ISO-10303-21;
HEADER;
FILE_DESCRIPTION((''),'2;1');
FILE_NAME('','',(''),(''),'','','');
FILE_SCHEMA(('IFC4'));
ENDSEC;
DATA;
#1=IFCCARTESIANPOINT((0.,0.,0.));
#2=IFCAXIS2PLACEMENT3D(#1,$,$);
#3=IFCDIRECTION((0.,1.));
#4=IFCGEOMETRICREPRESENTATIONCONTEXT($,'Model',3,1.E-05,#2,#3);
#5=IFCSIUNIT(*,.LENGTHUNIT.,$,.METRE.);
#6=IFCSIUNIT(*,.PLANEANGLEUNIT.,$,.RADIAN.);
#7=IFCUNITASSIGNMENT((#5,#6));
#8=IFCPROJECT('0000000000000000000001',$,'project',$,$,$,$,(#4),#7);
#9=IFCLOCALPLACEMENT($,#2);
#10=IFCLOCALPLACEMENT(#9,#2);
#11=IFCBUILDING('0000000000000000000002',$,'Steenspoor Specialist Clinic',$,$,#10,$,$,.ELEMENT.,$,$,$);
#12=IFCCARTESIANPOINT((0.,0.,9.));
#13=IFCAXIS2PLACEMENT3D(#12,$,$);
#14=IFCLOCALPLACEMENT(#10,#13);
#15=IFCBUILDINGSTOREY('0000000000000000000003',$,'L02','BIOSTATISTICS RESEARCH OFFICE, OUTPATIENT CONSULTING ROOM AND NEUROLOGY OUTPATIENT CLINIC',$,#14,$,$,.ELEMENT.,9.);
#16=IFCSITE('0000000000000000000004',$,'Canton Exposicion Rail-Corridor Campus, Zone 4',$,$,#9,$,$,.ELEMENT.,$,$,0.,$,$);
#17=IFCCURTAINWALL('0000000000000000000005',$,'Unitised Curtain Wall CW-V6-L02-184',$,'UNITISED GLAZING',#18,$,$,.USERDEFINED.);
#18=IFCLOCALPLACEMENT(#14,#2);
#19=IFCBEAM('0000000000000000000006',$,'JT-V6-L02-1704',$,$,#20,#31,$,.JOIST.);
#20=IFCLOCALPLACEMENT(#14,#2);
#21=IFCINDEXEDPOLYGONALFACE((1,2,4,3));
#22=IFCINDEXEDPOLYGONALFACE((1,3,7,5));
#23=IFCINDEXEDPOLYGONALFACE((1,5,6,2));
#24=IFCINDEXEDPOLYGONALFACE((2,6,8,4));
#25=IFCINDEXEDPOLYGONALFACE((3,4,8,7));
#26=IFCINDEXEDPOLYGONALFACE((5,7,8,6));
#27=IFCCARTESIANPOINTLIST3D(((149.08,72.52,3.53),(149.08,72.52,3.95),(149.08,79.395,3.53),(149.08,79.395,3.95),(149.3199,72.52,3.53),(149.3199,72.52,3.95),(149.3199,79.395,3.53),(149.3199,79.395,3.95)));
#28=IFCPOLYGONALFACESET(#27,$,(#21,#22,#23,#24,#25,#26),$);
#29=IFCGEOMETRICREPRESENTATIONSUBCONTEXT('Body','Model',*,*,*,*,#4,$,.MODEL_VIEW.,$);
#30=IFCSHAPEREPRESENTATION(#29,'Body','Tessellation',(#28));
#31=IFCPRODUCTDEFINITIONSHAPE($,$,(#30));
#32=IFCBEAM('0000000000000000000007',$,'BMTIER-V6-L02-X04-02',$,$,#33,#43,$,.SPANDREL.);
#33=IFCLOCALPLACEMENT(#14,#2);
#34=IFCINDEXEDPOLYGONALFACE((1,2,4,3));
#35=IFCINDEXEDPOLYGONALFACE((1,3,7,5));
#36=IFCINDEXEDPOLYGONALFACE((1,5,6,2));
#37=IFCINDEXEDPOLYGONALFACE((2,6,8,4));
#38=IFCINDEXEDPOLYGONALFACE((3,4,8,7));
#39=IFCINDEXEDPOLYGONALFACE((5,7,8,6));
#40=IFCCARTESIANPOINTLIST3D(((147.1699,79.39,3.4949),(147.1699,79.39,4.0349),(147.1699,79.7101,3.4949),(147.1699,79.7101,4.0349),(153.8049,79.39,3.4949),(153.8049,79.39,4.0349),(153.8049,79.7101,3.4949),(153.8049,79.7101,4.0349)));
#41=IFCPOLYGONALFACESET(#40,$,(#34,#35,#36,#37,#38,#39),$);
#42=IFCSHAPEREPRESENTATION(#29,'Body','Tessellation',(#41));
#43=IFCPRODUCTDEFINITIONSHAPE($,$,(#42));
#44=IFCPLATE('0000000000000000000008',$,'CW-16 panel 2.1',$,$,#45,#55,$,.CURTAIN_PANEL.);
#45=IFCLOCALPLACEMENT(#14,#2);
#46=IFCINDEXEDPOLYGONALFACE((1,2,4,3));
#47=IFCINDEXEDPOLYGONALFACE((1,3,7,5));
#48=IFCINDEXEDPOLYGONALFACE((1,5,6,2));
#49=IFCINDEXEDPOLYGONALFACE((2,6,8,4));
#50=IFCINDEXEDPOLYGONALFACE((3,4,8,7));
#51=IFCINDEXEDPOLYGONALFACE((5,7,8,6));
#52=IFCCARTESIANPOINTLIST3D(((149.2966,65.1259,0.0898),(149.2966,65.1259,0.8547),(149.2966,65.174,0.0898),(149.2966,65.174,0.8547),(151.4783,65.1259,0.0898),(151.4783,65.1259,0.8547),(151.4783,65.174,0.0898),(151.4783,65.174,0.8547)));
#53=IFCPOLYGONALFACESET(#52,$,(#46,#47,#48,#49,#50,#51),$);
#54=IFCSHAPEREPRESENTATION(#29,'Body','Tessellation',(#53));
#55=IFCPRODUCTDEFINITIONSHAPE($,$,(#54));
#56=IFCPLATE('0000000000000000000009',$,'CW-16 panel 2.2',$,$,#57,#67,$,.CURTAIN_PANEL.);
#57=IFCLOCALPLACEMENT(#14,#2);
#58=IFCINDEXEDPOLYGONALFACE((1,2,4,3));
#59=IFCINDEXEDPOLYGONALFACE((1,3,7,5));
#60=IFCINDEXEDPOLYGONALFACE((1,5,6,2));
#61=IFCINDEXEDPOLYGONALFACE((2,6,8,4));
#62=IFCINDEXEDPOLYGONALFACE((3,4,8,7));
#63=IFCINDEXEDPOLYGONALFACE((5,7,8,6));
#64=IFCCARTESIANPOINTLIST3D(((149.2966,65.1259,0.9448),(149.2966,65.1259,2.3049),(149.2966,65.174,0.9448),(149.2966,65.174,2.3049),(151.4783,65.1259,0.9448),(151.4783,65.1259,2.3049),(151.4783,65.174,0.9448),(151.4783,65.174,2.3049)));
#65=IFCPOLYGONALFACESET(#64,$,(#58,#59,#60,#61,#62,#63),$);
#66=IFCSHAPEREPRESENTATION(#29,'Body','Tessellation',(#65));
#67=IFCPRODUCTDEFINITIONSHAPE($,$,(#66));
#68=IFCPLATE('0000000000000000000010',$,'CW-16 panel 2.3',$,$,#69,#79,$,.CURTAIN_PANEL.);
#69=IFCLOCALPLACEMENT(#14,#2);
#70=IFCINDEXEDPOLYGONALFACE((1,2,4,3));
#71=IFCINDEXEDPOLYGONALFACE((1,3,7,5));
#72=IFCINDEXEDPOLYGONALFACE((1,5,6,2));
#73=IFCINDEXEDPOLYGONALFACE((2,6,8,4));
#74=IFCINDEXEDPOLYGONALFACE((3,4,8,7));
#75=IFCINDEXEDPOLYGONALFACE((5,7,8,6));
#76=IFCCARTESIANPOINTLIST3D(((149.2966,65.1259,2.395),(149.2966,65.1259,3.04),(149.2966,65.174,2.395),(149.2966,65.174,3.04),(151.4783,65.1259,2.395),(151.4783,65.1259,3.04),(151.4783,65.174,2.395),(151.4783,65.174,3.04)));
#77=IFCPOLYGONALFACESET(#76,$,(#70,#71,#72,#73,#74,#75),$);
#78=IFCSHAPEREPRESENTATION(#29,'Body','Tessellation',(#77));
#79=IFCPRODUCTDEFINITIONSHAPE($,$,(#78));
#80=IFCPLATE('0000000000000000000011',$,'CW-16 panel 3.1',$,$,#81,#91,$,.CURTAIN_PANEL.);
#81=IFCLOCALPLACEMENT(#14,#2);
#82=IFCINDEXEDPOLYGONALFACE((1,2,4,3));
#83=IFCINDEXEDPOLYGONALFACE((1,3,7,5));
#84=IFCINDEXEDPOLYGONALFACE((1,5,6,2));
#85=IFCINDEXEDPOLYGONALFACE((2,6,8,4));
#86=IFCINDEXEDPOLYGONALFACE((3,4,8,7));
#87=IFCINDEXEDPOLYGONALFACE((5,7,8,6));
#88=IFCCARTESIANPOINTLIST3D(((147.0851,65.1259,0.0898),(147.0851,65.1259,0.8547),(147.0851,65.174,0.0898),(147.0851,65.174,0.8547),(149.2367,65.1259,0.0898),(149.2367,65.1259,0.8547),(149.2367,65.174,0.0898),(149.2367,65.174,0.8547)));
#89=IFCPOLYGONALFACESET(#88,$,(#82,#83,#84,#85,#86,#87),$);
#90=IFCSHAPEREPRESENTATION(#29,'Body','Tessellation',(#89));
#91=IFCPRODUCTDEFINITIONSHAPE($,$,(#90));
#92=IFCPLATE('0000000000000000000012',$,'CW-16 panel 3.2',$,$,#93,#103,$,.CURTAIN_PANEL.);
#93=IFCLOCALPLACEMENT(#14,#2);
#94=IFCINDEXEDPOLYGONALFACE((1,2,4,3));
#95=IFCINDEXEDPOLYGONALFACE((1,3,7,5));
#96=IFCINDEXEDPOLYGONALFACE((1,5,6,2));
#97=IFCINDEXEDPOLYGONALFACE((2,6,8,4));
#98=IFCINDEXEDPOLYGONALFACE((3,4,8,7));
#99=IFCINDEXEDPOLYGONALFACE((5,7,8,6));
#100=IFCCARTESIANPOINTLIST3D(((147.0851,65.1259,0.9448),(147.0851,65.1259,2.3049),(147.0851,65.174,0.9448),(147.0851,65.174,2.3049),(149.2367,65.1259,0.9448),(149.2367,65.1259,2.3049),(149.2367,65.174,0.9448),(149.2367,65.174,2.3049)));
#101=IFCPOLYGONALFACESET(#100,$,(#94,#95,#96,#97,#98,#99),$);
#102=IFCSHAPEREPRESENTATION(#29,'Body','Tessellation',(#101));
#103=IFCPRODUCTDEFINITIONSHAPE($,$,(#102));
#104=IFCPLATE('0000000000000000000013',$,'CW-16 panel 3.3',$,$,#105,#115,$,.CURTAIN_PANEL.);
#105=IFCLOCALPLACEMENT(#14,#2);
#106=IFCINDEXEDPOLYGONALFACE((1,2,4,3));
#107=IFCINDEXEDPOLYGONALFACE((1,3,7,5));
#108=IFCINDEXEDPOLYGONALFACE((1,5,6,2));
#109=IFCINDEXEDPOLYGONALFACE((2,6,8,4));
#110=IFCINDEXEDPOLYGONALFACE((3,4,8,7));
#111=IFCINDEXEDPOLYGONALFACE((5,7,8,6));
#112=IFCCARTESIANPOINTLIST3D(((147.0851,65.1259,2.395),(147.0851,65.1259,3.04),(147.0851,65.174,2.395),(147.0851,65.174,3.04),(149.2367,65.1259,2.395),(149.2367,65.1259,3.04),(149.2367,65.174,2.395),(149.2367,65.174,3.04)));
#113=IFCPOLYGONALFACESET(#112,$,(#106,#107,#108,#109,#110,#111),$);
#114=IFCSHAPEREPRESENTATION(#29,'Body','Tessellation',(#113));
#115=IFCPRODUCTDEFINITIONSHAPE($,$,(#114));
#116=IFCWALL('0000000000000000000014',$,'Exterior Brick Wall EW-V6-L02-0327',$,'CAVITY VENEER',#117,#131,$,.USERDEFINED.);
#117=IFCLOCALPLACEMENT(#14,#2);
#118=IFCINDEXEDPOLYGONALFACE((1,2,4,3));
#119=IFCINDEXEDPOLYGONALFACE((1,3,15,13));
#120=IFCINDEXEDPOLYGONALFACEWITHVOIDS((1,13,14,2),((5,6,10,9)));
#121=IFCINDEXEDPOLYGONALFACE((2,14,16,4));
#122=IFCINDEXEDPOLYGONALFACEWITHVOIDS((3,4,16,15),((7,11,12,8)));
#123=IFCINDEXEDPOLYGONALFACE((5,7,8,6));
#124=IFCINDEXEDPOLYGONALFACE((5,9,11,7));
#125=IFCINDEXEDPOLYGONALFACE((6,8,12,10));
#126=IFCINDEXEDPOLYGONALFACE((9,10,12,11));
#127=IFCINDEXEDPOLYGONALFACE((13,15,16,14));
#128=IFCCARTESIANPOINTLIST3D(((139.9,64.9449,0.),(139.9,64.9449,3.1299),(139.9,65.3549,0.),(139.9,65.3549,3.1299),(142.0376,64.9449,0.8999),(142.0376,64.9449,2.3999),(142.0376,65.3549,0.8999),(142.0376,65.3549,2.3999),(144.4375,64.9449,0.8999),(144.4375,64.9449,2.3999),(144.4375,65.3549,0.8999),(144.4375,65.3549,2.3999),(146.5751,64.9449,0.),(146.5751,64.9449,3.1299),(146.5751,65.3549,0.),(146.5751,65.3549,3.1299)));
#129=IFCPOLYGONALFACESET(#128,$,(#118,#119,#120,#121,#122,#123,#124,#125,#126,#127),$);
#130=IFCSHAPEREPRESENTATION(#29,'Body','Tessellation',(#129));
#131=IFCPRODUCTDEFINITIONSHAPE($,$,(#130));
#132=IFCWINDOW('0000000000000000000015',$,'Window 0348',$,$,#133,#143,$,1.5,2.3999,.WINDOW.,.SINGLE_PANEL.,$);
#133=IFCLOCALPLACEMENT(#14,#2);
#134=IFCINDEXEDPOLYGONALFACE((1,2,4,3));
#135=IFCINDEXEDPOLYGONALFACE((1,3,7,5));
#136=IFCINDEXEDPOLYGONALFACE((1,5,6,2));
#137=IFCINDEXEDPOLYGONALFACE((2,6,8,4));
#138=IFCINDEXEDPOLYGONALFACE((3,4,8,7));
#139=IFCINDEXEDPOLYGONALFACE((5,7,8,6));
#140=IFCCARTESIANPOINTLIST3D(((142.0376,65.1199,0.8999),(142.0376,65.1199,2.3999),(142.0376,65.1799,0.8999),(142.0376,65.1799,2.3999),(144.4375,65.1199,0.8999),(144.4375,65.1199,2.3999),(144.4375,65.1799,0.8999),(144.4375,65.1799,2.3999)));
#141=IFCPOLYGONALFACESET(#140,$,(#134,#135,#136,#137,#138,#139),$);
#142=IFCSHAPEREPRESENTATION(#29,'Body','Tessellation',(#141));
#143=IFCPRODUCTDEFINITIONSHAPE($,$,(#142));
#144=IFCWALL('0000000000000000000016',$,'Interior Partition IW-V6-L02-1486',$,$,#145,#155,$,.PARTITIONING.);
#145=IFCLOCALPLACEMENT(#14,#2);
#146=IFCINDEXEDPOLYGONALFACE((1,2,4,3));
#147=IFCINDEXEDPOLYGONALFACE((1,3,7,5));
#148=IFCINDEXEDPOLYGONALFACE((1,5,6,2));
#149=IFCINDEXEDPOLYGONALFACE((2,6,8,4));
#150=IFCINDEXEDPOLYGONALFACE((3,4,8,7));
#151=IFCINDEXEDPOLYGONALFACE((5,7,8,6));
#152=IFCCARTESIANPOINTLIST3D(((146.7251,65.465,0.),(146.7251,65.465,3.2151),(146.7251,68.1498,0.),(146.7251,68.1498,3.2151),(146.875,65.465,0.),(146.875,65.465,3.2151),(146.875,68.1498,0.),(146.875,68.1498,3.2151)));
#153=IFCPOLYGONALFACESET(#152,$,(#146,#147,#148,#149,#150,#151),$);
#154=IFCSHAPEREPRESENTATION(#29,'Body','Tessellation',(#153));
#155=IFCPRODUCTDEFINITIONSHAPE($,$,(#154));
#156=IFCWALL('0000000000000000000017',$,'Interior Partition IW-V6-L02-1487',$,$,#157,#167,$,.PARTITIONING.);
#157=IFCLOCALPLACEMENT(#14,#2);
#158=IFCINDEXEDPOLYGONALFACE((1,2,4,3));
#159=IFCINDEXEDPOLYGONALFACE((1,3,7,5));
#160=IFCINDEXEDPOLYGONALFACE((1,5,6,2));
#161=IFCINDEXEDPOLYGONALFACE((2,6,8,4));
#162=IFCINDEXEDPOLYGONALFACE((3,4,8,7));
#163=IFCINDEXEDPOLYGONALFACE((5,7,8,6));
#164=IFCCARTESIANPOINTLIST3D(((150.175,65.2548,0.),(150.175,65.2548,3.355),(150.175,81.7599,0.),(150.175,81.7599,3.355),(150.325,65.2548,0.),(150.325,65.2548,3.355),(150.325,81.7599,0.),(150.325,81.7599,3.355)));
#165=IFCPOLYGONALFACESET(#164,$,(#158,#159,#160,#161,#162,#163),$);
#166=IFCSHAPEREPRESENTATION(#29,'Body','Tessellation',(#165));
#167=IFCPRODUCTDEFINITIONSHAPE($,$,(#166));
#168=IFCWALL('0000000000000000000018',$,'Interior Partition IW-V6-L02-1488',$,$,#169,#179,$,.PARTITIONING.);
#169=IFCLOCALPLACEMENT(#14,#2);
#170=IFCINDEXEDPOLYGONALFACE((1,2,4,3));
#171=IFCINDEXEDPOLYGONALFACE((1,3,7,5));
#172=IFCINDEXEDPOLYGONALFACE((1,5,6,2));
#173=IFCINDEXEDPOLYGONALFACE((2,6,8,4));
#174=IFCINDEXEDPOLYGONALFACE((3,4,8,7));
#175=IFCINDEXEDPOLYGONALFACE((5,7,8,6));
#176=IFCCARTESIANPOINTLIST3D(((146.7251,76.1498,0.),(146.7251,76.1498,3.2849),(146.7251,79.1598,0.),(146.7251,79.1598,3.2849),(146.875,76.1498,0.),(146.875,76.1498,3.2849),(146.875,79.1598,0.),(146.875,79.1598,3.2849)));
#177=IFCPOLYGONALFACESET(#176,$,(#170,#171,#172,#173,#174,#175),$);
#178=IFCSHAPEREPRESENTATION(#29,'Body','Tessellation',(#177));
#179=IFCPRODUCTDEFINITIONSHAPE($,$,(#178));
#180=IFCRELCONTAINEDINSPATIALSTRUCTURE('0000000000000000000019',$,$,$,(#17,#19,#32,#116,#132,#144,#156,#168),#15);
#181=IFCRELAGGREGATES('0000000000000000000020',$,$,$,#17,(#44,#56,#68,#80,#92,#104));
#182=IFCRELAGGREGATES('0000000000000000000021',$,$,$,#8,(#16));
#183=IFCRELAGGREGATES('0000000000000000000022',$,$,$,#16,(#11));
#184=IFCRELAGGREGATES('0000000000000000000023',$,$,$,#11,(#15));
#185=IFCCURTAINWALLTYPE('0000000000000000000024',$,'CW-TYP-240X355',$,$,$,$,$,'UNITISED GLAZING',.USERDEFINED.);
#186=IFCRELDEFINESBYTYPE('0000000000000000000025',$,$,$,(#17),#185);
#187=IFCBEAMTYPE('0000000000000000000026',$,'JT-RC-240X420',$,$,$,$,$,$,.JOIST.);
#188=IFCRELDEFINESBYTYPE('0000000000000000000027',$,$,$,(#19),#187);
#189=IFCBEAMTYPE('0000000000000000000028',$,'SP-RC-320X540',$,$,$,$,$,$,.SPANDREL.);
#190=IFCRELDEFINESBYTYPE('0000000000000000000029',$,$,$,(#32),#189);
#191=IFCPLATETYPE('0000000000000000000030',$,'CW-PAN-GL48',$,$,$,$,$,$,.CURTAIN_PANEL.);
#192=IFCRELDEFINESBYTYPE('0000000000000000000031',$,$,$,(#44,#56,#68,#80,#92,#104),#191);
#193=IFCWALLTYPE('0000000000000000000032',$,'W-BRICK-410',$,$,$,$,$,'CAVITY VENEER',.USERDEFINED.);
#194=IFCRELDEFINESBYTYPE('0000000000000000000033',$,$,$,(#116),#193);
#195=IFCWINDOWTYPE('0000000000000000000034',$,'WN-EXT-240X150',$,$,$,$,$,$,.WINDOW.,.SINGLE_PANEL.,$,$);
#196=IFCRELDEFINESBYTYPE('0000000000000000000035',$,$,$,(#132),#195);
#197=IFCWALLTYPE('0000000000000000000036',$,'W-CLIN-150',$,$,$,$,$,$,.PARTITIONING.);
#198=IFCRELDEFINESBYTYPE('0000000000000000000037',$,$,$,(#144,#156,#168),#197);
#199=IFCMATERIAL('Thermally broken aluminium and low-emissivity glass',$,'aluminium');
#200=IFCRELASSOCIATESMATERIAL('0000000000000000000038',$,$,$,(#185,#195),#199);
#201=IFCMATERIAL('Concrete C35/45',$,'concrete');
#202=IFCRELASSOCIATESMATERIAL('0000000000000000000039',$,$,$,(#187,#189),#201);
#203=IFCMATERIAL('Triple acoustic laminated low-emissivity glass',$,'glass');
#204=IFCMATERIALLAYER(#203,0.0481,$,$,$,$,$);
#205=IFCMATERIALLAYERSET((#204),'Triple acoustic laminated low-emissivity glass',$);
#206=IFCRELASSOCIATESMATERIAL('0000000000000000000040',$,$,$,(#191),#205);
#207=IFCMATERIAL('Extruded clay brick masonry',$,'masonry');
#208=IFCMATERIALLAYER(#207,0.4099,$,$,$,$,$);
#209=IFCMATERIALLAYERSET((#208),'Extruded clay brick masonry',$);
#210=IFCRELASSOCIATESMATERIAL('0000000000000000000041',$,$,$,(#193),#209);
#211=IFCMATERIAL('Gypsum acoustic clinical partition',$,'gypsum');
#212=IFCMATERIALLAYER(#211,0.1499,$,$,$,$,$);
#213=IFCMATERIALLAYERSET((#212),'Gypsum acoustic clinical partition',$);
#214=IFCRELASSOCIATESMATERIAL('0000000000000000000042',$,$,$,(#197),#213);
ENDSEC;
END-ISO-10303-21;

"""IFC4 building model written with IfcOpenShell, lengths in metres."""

from ifc_helpers import new_model, si_unit, direction, frame, frame_2d, origin, origin_2d, place, context, subcontext, project, spatial, rectangle, extrude, material, layer, layer_set, material_profile, profile_set, type_object, element, fill, aggregate, save


model = new_model("IFC4")

# Units and contexts
model_context = context("Model", 3, precision=1e-05, world=origin(), true_north=direction((0.0, 1.0)))
body_context = subcontext(model_context, "Body", "Model", "MODEL_VIEW")
ifc_project = project(units=[si_unit("LENGTHUNIT", "METRE"), si_unit("PLANEANGLEUNIT", "RADIAN")], contexts=[model_context])

# Site, building, storey
site_placement = place(None, origin())
site = spatial("IfcSite", under=ifc_project, at=site_placement, Name="Canton Exposicion Rail-Corridor Campus, Zone 4", CompositionType="ELEMENT", RefElevation=0.0)
building_placement = place(site_placement, origin())
building = spatial("IfcBuilding", under=site, at=building_placement, Name="Steenspoor Specialist Clinic", CompositionType="ELEMENT")
storey_placement = place(building_placement, frame((0.0, 0.0, 9.0)))
storey = spatial("IfcBuildingStorey", under=building, at=storey_placement, Name="L02", Description="BIOSTATISTICS RESEARCH OFFICE, OUTPATIENT CONSULTING ROOM AND NEUROLOGY OUTPATIENT CLINIC", CompositionType="ELEMENT", Elevation=9.0)

# Shared definitions
ifc_material_1 = material(Name="Concrete C35/45", Category="concrete")

# Curtain wall
ifc_material_2 = material(Name="Thermally broken aluminium and low-emissivity glass", Category="aluminium")
curtain_wall_type = type_object("IfcCurtainWallType", Name="CW-TYP-240X355", ElementType="UNITISED GLAZING", PredefinedType="USERDEFINED", material=ifc_material_2)
curtain_wall_placement = place(storey_placement, origin())
curtain_wall = element("IfcCurtainWall", 1, at=curtain_wall_placement, inside=storey, type_object=curtain_wall_type, Name="Unitised Curtain Wall CW-V6-L02-184", ObjectType="UNITISED GLAZING", PredefinedType="USERDEFINED")

# Beams
ifc_material_profile_1 = material_profile(ifc_material_1, rectangle(XDim=0.24, YDim=0.4199, at=origin_2d()), Name="RC-JT-240X420")
ifc_profile_set_1 = profile_set([ifc_material_profile_1], Name="Concrete C35/45")
beam_type_1 = type_object("IfcBeamType", Name="JT-RC-240X420", PredefinedType="JOIST", material=ifc_profile_set_1)
beam_1_placement = place(storey_placement, frame((149.2, 72.52, 3.74), z_axis=(0.0, 1.0, 0.0), x_axis=(-1.0, 0.0, 0.0)))
element("IfcBeam", 2, at=beam_1_placement, inside=storey, type_object=beam_type_1, Name="JT-V6-L02-1704", PredefinedType="JOIST", context=body_context, shape_type="SweptSolid", body=[
    extrude(rectangle(XDim=0.24, YDim=0.4199, at=origin_2d()), origin(), (0.0, 0.0, 1.0), 6.875),
])
ifc_material_profile_2 = material_profile(ifc_material_1, rectangle(XDim=0.3201, YDim=0.54, at=origin_2d()), Name="RC-SP-320X540")
ifc_profile_set_2 = profile_set([ifc_material_profile_2], Name="Concrete C35/45")
beam_type_2 = type_object("IfcBeamType", Name="SP-RC-320X540", PredefinedType="SPANDREL", material=ifc_profile_set_2)
beam_2_placement = place(storey_placement, frame((147.1699, 79.55, 3.7649), z_axis=(1.0, 0.0, 0.0), x_axis=(0.0, 1.0, 0.0)))
element("IfcBeam", 3, at=beam_2_placement, inside=storey, type_object=beam_type_2, Name="BMTIER-V6-L02-X04-02", PredefinedType="SPANDREL", context=body_context, shape_type="SweptSolid", body=[
    extrude(rectangle(XDim=0.3201, YDim=0.54, at=origin_2d()), origin(), (0.0, 0.0, 1.0), 6.635),
])

# Plates
ifc_material_3 = material(Name="Triple acoustic laminated low-emissivity glass", Category="glass")
ifc_layer_1 = layer(ifc_material_3, 0.0481)
ifc_layer_set_1 = layer_set([ifc_layer_1], Name="Triple acoustic laminated low-emissivity glass")
plate_type = type_object("IfcPlateType", Name="CW-PAN-GL48", PredefinedType="CURTAIN_PANEL", material=ifc_layer_set_1)
plate_1_placement = place(storey_placement, frame((150.3875, 65.1499, 0.0898), z_axis=(0.0, 0.0, 1.0), x_axis=(-1.0, 0.0, 0.0)))
plate_1 = element("IfcPlate", 4, at=plate_1_placement, type_object=plate_type, Name="CW-16 panel 2.1", PredefinedType="CURTAIN_PANEL", context=body_context, shape_type="SweptSolid", body=[
    extrude(rectangle(XDim=2.1816, YDim=0.0481, at=origin_2d()), origin(), (0.0, 0.0, 1.0), 0.7649),
])
plate_2_placement = place(storey_placement, frame((150.3875, 65.1499, 0.9448), z_axis=(0.0, 0.0, 1.0), x_axis=(-1.0, 0.0, 0.0)))
plate_2 = element("IfcPlate", 5, at=plate_2_placement, type_object=plate_type, Name="CW-16 panel 2.2", PredefinedType="CURTAIN_PANEL", context=body_context, shape_type="SweptSolid", body=[
    extrude(rectangle(XDim=2.1816, YDim=0.0481, at=origin_2d()), origin(), (0.0, 0.0, 1.0), 1.3601),
])
plate_3_placement = place(storey_placement, frame((150.3875, 65.1499, 2.395), z_axis=(0.0, 0.0, 1.0), x_axis=(-1.0, 0.0, 0.0)))
plate_3 = element("IfcPlate", 6, at=plate_3_placement, type_object=plate_type, Name="CW-16 panel 2.3", PredefinedType="CURTAIN_PANEL", context=body_context, shape_type="SweptSolid", body=[
    extrude(rectangle(XDim=2.1816, YDim=0.0481, at=origin_2d()), origin(), (0.0, 0.0, 1.0), 0.645),
])
plate_4_placement = place(storey_placement, frame((148.1609, 65.1499, 0.0898), z_axis=(0.0, 0.0, 1.0), x_axis=(-1.0, 0.0, 0.0)))
plate_4 = element("IfcPlate", 7, at=plate_4_placement, type_object=plate_type, Name="CW-16 panel 3.1", PredefinedType="CURTAIN_PANEL", context=body_context, shape_type="SweptSolid", body=[
    extrude(rectangle(XDim=2.1516, YDim=0.0481, at=origin_2d()), origin(), (0.0, 0.0, 1.0), 0.7649),
])
plate_5_placement = place(storey_placement, frame((148.1609, 65.1499, 0.9448), z_axis=(0.0, 0.0, 1.0), x_axis=(-1.0, 0.0, 0.0)))
plate_5 = element("IfcPlate", 8, at=plate_5_placement, type_object=plate_type, Name="CW-16 panel 3.2", PredefinedType="CURTAIN_PANEL", context=body_context, shape_type="SweptSolid", body=[
    extrude(rectangle(XDim=2.1516, YDim=0.0481, at=origin_2d()), origin(), (0.0, 0.0, 1.0), 1.3601),
])
plate_6_placement = place(storey_placement, frame((148.1609, 65.1499, 2.395), z_axis=(0.0, 0.0, 1.0), x_axis=(-1.0, 0.0, 0.0)))
plate_6 = element("IfcPlate", 9, at=plate_6_placement, type_object=plate_type, Name="CW-16 panel 3.3", PredefinedType="CURTAIN_PANEL", context=body_context, shape_type="SweptSolid", body=[
    extrude(rectangle(XDim=2.1516, YDim=0.0481, at=origin_2d()), origin(), (0.0, 0.0, 1.0), 0.645),
])
aggregate(curtain_wall, [plate_1, plate_2, plate_3, plate_4, plate_5, plate_6])

# Wall, opening, window
ifc_material_4 = material(Name="Extruded clay brick masonry", Category="masonry")
ifc_layer_2 = layer(ifc_material_4, 0.4099)
ifc_layer_set_2 = layer_set([ifc_layer_2], Name="Extruded clay brick masonry")
wall_type_1 = type_object("IfcWallType", Name="W-BRICK-410", ElementType="CAVITY VENEER", PredefinedType="USERDEFINED", material=ifc_layer_set_2)
wall_1_placement = place(storey_placement, frame((146.575, 65.1499, 0.0), z_axis=(0.0, 0.0, 1.0), x_axis=(-1.0, 0.0, 0.0)))
wall_1 = element("IfcWall", 10, at=wall_1_placement, inside=storey, type_object=wall_type_1, Name="Exterior Brick Wall EW-V6-L02-0327", ObjectType="CAVITY VENEER", PredefinedType="USERDEFINED", context=body_context, shape_type="SweptSolid", body=[
    extrude(rectangle(XDim=6.675, YDim=0.4099, at=frame_2d((3.3374, 0.0))), origin(), (0.0, 0.0, 1.0), 3.1299),
])
opening_placement = place(wall_1_placement, frame((2.1375, 0.0, 0.8999)))
opening = element("IfcOpeningElement", 11, at=opening_placement, cuts=wall_1, PredefinedType="OPENING", context=body_context, shape_type="SweptSolid", body=[
    extrude(rectangle(XDim=2.3999, YDim=1.5, at=frame_2d((1.2, 0.75))), frame((0.0, 0.2148, 0.0), z_axis=(0.0, -1.0, 0.0), x_axis=(1.0, 0.0, 0.0)), (0.0, 0.0, 1.0), 0.4299),
])
window_type = type_object("IfcWindowType", Name="WN-EXT-240X150", PartitioningType="SINGLE_PANEL", PredefinedType="WINDOW", material=ifc_material_2)
window_placement = place(opening_placement, origin())
window = element("IfcWindow", 12, at=window_placement, inside=storey, type_object=window_type, Name="Window 0348", OverallHeight=1.5, OverallWidth=2.3999, PartitioningType="SINGLE_PANEL", PredefinedType="WINDOW", context=body_context, shape_type="SweptSolid", body=[
    extrude(rectangle(XDim=2.3999, YDim=1.5, at=frame_2d((1.2, 0.75))), frame((0.0, 0.03, 0.0), z_axis=(0.0, -1.0, 0.0), x_axis=(1.0, 0.0, 0.0)), (0.0, 0.0, 1.0), 0.0601),
])
fill(opening, window)

# Walls
ifc_material_5 = material(Name="Gypsum acoustic clinical partition", Category="gypsum")
ifc_layer_3 = layer(ifc_material_5, 0.1499)
ifc_layer_set_3 = layer_set([ifc_layer_3], Name="Gypsum acoustic clinical partition")
wall_type_2 = type_object("IfcWallType", Name="W-CLIN-150", PredefinedType="PARTITIONING", material=ifc_layer_set_3)
wall_2_placement = place(storey_placement, frame((146.8, 65.4651, 0.0), z_axis=(0.0, 0.0, 1.0), x_axis=(0.0, 1.0, 0.0)))
element("IfcWall", 13, at=wall_2_placement, inside=storey, type_object=wall_type_2, Name="Interior Partition IW-V6-L02-1486", PredefinedType="PARTITIONING", context=body_context, shape_type="SweptSolid", body=[
    extrude(rectangle(XDim=2.6848, YDim=0.1499, at=frame_2d((1.3423, 0.0))), origin(), (0.0, 0.0, 1.0), 3.2151),
])
wall_3_placement = place(storey_placement, frame((150.25, 65.2549, 0.0), z_axis=(0.0, 0.0, 1.0), x_axis=(0.0, 1.0, 0.0)))
element("IfcWall", 14, at=wall_3_placement, inside=storey, type_object=wall_type_2, Name="Interior Partition IW-V6-L02-1487", PredefinedType="PARTITIONING", context=body_context, shape_type="SweptSolid", body=[
    extrude(rectangle(XDim=16.5051, YDim=0.1499, at=frame_2d((8.2524, 0.0))), origin(), (0.0, 0.0, 1.0), 3.355),
])
wall_4_placement = place(storey_placement, frame((146.8, 76.1499, 0.0), z_axis=(0.0, 0.0, 1.0), x_axis=(0.0, 1.0, 0.0)))
element("IfcWall", 15, at=wall_4_placement, inside=storey, type_object=wall_type_2, Name="Interior Partition IW-V6-L02-1488", PredefinedType="PARTITIONING", context=body_context, shape_type="SweptSolid", body=[
    extrude(rectangle(XDim=3.01, YDim=0.1499, at=frame_2d((1.5049, 0.0))), origin(), (0.0, 0.0, 1.0), 3.2849),
])

save(model, "model.ifc")
